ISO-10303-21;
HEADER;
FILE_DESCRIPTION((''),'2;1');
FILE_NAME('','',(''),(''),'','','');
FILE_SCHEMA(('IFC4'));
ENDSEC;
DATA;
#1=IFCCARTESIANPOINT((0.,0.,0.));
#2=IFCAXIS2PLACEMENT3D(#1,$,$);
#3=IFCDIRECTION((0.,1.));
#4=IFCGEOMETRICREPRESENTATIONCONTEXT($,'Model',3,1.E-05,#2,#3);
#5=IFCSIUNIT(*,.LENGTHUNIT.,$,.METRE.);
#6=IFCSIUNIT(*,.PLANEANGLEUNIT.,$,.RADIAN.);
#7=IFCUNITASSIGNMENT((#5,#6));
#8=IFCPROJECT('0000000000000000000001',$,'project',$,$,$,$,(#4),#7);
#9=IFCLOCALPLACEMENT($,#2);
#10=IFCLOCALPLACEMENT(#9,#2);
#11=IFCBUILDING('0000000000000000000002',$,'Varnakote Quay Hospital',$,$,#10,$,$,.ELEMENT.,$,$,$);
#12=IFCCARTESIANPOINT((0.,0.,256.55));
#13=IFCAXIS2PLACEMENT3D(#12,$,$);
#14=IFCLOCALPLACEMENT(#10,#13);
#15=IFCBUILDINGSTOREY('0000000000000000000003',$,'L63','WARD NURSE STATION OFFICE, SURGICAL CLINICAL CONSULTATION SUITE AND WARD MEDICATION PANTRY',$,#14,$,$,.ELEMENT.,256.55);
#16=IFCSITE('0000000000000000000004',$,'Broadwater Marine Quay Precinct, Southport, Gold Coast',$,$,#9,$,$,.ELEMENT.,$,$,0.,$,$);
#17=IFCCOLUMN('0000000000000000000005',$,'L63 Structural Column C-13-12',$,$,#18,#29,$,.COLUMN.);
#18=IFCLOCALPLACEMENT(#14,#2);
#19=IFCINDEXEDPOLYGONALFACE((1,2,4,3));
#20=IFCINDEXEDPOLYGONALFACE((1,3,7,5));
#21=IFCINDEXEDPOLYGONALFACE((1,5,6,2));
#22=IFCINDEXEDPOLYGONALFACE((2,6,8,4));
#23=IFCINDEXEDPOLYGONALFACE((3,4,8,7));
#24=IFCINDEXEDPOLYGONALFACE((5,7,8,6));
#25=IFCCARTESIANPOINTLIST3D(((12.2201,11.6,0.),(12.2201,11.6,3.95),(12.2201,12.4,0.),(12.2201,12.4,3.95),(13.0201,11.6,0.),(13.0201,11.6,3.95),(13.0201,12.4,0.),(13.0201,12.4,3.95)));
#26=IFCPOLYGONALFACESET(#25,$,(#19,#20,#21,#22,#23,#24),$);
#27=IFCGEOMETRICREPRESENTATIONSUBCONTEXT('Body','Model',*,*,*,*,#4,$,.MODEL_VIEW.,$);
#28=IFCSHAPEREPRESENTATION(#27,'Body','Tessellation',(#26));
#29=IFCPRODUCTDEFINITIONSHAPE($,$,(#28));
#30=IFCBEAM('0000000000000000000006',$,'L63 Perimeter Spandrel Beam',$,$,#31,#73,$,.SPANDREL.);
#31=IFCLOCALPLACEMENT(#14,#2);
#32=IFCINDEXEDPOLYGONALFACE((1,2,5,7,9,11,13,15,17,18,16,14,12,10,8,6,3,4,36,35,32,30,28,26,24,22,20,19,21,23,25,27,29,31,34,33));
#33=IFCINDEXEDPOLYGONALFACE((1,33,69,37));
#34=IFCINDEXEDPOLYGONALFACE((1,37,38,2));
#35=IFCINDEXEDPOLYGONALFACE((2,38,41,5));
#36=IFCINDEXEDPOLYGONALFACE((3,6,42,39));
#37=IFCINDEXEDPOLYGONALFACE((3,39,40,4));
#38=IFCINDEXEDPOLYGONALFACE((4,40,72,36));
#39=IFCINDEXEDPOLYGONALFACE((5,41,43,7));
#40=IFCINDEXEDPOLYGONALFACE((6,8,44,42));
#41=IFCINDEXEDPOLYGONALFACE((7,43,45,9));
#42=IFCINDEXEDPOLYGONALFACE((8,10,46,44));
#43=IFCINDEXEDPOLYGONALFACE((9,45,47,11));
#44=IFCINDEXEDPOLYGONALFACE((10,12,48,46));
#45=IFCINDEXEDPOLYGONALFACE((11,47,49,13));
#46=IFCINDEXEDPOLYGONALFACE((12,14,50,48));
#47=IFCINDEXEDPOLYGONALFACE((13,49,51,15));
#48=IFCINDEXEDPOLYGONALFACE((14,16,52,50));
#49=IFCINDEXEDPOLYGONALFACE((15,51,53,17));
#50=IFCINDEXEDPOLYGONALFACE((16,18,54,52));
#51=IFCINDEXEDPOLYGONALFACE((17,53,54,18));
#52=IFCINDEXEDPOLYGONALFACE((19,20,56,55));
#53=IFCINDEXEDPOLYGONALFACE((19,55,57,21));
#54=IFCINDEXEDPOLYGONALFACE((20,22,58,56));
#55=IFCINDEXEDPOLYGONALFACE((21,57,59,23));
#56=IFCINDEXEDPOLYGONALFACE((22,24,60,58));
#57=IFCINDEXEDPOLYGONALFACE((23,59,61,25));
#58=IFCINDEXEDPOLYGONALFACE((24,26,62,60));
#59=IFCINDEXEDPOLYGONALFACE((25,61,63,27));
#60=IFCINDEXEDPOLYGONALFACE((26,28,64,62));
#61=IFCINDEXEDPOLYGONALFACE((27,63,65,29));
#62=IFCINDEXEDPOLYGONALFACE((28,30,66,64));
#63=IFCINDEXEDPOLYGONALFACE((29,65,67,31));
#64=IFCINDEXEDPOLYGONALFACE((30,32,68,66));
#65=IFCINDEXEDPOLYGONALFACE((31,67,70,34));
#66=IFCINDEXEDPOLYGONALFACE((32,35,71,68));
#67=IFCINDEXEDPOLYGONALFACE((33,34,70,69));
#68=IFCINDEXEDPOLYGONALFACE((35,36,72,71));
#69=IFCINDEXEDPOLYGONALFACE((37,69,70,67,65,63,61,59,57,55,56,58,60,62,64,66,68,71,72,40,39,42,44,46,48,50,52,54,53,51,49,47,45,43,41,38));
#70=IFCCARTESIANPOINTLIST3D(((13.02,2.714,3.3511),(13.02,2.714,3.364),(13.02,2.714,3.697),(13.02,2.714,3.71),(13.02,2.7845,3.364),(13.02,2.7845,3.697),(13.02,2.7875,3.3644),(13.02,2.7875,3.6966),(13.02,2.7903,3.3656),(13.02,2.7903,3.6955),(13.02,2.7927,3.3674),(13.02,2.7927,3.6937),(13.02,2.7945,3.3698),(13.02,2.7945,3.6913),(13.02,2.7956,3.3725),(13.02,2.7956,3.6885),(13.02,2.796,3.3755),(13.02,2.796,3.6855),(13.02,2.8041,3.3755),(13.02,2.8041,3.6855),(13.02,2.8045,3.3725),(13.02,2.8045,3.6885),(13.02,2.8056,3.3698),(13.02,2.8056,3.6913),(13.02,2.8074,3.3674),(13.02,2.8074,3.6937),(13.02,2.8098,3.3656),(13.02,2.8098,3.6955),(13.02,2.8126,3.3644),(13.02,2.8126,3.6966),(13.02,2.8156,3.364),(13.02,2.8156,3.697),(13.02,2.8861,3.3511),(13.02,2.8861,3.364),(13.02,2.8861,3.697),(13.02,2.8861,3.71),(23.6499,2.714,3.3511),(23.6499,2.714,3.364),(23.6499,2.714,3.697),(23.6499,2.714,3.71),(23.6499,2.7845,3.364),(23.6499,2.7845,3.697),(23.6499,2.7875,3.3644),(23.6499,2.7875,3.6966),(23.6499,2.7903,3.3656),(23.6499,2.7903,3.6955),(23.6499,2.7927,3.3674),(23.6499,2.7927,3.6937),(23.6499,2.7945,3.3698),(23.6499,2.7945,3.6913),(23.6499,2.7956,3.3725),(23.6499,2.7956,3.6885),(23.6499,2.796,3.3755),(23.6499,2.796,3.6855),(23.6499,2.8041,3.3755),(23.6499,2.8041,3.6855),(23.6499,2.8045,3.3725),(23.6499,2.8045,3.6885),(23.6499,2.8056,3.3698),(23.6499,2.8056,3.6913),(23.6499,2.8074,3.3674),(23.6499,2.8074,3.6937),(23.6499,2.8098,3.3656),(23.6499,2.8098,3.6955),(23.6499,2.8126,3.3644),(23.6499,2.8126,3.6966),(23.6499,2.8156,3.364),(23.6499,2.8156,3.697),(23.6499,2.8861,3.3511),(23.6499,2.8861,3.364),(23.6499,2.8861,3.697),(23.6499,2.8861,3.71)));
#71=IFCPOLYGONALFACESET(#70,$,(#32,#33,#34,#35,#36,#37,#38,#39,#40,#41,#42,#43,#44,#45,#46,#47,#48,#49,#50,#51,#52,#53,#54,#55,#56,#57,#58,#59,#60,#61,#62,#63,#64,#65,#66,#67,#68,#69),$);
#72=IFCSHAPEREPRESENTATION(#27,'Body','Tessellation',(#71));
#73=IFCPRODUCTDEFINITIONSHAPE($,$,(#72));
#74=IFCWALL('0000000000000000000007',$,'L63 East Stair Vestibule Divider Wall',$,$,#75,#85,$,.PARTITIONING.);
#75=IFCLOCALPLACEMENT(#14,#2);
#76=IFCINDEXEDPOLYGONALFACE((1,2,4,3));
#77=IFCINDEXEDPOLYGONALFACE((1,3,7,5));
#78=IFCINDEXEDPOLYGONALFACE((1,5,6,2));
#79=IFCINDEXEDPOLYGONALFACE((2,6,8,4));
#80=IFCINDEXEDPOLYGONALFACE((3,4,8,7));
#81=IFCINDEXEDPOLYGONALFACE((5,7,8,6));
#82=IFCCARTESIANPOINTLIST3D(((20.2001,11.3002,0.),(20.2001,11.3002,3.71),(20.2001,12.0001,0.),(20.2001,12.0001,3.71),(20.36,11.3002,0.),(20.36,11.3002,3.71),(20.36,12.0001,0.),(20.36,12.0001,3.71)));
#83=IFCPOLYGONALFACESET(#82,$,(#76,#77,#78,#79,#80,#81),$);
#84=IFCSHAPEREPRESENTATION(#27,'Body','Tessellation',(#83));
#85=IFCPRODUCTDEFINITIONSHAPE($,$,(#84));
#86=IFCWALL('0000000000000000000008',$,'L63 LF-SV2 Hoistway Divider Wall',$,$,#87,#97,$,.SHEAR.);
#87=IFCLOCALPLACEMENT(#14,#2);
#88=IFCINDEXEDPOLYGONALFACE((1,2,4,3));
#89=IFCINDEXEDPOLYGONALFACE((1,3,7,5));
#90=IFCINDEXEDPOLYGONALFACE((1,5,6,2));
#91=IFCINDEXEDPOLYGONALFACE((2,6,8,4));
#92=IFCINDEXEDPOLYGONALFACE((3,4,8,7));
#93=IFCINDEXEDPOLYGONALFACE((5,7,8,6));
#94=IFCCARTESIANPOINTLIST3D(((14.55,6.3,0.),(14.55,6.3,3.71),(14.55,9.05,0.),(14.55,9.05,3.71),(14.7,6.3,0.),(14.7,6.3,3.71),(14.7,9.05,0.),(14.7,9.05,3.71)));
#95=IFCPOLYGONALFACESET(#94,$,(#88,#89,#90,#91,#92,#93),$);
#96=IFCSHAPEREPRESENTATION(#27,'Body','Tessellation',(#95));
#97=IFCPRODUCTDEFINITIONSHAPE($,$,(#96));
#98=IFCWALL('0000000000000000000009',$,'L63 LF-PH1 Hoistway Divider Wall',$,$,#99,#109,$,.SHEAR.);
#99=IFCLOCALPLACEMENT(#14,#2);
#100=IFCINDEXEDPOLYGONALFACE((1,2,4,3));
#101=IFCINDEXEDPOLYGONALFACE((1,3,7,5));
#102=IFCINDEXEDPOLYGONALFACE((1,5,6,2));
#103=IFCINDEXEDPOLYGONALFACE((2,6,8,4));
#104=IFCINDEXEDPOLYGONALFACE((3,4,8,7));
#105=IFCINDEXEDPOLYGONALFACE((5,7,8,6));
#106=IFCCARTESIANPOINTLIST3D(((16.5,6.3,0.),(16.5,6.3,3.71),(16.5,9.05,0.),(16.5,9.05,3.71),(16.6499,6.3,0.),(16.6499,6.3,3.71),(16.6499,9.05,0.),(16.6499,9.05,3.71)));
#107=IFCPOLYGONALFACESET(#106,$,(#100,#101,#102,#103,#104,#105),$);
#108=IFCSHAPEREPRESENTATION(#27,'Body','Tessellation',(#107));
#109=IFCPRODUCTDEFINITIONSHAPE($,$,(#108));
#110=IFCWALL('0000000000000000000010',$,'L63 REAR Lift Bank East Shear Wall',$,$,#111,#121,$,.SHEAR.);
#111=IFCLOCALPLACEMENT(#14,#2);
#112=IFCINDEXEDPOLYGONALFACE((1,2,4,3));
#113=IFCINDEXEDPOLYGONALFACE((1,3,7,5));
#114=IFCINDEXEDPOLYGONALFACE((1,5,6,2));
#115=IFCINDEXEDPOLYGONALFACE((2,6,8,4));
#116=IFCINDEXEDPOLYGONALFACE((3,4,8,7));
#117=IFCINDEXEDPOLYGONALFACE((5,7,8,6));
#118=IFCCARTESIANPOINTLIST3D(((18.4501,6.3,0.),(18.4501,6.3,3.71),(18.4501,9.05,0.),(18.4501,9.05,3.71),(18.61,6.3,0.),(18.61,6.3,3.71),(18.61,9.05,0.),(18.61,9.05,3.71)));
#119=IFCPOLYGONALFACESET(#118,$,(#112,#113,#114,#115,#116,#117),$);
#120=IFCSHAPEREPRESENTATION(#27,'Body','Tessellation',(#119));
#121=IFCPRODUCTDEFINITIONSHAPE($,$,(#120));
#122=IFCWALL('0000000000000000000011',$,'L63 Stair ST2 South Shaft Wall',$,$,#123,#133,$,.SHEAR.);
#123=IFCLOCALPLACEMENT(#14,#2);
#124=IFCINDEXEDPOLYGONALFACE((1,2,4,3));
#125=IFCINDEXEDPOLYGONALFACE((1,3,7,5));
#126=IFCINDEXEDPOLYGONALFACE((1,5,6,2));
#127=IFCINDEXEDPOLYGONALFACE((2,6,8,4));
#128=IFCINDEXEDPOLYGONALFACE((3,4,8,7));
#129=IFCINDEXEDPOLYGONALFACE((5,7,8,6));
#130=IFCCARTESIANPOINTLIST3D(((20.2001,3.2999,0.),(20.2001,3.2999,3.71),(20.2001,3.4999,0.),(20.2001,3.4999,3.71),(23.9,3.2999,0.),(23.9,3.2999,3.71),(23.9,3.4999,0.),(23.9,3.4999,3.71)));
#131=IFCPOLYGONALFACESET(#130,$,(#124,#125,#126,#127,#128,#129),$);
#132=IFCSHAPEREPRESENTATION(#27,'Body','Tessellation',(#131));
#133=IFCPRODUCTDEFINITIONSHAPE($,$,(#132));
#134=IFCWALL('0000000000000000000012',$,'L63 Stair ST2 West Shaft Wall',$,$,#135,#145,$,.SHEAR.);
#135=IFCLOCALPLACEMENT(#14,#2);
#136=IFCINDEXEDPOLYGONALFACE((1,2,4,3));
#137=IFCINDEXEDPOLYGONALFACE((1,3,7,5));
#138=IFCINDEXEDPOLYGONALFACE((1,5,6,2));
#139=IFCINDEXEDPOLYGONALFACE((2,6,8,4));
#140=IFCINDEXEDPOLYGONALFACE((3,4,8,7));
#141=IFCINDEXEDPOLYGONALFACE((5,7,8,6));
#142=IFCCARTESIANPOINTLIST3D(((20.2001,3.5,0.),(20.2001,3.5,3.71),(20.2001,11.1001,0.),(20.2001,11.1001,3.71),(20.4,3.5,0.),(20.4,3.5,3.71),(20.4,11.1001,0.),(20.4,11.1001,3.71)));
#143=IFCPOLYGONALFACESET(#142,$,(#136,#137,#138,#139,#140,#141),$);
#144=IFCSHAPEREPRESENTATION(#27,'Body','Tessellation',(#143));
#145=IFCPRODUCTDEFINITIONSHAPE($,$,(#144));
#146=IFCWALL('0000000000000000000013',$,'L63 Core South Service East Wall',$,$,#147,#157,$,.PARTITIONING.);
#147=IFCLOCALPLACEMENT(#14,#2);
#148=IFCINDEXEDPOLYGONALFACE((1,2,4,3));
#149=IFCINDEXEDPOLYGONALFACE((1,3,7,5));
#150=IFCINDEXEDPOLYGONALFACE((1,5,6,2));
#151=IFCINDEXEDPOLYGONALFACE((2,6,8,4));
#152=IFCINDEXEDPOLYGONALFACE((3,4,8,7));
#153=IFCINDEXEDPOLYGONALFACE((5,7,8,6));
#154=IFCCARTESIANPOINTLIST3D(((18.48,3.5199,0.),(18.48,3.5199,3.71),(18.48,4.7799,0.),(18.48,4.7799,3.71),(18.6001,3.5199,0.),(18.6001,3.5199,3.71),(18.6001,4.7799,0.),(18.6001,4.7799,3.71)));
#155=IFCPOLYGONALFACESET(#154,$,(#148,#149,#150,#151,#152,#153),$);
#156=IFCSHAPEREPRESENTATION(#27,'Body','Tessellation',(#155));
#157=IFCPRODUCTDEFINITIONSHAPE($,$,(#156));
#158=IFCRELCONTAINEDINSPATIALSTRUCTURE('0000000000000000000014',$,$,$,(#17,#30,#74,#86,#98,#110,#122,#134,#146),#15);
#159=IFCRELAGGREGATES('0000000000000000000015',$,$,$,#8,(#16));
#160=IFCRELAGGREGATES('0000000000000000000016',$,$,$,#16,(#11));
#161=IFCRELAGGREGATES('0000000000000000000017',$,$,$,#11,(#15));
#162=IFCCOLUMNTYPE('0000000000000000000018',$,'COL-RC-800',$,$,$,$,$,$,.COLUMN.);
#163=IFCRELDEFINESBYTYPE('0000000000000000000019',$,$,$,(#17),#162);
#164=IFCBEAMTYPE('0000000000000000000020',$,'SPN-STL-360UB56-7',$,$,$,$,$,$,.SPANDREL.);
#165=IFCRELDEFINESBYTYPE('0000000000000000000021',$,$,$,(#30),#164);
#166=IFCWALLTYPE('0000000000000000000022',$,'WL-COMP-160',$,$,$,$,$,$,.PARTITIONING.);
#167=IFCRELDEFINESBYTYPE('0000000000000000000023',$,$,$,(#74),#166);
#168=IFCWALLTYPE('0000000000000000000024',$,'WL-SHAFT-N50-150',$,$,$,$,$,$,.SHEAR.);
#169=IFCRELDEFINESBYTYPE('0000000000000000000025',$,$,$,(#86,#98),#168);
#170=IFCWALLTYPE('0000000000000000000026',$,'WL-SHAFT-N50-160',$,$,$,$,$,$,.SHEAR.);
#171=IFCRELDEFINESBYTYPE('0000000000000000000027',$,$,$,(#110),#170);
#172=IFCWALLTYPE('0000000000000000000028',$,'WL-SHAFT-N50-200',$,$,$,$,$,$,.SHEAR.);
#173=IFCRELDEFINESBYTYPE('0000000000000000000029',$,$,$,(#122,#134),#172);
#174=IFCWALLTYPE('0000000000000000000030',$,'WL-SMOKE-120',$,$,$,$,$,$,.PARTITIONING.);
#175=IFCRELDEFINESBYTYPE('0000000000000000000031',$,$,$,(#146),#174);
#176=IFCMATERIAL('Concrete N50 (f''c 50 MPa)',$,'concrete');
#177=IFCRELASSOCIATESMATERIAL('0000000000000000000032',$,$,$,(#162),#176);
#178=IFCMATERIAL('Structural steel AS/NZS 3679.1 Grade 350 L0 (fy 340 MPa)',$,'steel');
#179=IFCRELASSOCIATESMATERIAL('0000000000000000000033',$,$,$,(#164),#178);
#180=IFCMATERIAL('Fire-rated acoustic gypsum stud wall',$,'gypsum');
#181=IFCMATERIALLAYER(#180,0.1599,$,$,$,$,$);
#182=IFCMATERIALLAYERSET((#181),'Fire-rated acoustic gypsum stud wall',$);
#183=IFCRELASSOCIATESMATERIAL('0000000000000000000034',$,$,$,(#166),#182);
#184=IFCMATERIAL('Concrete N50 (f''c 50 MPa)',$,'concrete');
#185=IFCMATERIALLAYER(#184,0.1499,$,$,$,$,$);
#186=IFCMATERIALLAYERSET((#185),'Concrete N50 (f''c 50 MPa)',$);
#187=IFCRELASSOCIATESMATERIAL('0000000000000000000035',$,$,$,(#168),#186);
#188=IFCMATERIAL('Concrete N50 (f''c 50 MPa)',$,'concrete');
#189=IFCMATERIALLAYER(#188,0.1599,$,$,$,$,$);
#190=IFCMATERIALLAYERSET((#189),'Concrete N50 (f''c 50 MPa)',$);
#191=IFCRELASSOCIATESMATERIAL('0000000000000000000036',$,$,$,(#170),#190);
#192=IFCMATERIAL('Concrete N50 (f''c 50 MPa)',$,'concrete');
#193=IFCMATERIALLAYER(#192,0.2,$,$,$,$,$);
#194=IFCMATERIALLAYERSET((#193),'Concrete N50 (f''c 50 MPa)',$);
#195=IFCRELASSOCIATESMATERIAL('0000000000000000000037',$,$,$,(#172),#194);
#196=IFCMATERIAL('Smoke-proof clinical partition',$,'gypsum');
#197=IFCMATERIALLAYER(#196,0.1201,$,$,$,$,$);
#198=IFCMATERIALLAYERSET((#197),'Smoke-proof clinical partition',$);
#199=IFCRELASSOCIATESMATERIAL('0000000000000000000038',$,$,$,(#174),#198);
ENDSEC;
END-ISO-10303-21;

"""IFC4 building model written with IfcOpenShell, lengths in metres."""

from ifc_helpers import new_model, si_unit, direction, frame, frame_2d, origin, origin_2d, place, context, subcontext, project, spatial, rectangle, i_section, extrude, material, layer, layer_set, material_profile, profile_set, type_object, element, save


model = new_model("IFC4")

# Units and contexts
model_context = context("Model", 3, precision=1e-05, world=origin(), true_north=direction((0.0, 1.0)))
body_context = subcontext(model_context, "Body", "Model", "MODEL_VIEW")
ifc_project = project(units=[si_unit("LENGTHUNIT", "METRE"), si_unit("PLANEANGLEUNIT", "RADIAN")], contexts=[model_context])

# Site, building, storey
site_placement = place(None, origin())
site = spatial("IfcSite", under=ifc_project, at=site_placement, Name="Broadwater Marine Quay Precinct, Southport, Gold Coast", CompositionType="ELEMENT", RefElevation=0.0)
building_placement = place(site_placement, origin())
building = spatial("IfcBuilding", under=site, at=building_placement, Name="Varnakote Quay Hospital", CompositionType="ELEMENT")
storey_placement = place(building_placement, frame((0.0, 0.0, 256.55)))
storey = spatial("IfcBuildingStorey", under=building, at=storey_placement, Name="L63", Description="WARD NURSE STATION OFFICE, SURGICAL CLINICAL CONSULTATION SUITE AND WARD MEDICATION PANTRY", CompositionType="ELEMENT", Elevation=256.55)

# Column
ifc_material_1 = material(Name="Concrete N50 (f'c 50 MPa)", Category="concrete")
ifc_material_profile_1 = material_profile(ifc_material_1, rectangle(XDim=0.8, YDim=0.8, at=origin_2d()), Name="RC-COL-800x800")
ifc_profile_set_1 = profile_set([ifc_material_profile_1], Name="Concrete N50 (f'c 50 MPa)")
column_type = type_object("IfcColumnType", Name="COL-RC-800", PredefinedType="COLUMN", material=ifc_profile_set_1)
column_placement = place(storey_placement, frame((12.6201, 12.0, 0.0), z_axis=(0.0, 0.0, 1.0), x_axis=(1.0, 0.0, 0.0)))
element("IfcColumn", 1, at=column_placement, inside=storey, type_object=column_type, Name="L63 Structural Column C-13-12", PredefinedType="COLUMN", context=body_context, shape_type="SweptSolid", body=[
    extrude(rectangle(XDim=0.8, YDim=0.8, at=origin_2d()), origin(), (0.0, 0.0, 1.0), 3.95),
])

# Beam
ifc_material_2 = material(Name="Structural steel AS/NZS 3679.1 Grade 350 L0 (fy 340 MPa)", Category="steel")
ifc_material_profile_2 = material_profile(ifc_material_2, i_section(OverallWidth=0.1721, OverallDepth=0.3589, WebThickness=0.0081, FlangeThickness=0.0129, FilletRadius=0.0115, at=origin_2d()), Name="360UB56.7")
ifc_profile_set_2 = profile_set([ifc_material_profile_2], Name="Structural steel AS/NZS 3679.1 Grade 350 L0 (fy 340 MPa)")
beam_type = type_object("IfcBeamType", Name="SPN-STL-360UB56-7", PredefinedType="SPANDREL", material=ifc_profile_set_2)
beam_placement = place(storey_placement, frame((13.02, 2.8, 3.5305), z_axis=(1.0, 0.0, 0.0), x_axis=(0.0, 1.0, 0.0)))
element("IfcBeam", 2, at=beam_placement, inside=storey, type_object=beam_type, Name="L63 Perimeter Spandrel Beam", PredefinedType="SPANDREL", context=body_context, shape_type="SweptSolid", body=[
    extrude(i_section(OverallWidth=0.1721, OverallDepth=0.3589, WebThickness=0.0081, FlangeThickness=0.0129, FilletRadius=0.0115, at=origin_2d()), origin(), (0.0, 0.0, 1.0), 10.6299),
])

# Walls
ifc_material_3 = material(Name="Fire-rated acoustic gypsum stud wall", Category="gypsum")
ifc_layer_1 = layer(ifc_material_3, 0.1599)
ifc_layer_set_1 = layer_set([ifc_layer_1], Name="Fire-rated acoustic gypsum stud wall")
wall_type_1 = type_object("IfcWallType", Name="WL-COMP-160", PredefinedType="PARTITIONING", material=ifc_layer_set_1)
wall_1_placement = place(storey_placement, frame((20.28, 11.3, 0.0), z_axis=(0.0, 0.0, 1.0), x_axis=(0.0, 1.0, 0.0)))
element("IfcWall", 3, at=wall_1_placement, inside=storey, type_object=wall_type_1, Name="L63 East Stair Vestibule Divider Wall", PredefinedType="PARTITIONING", context=body_context, shape_type="SweptSolid", body=[
    extrude(rectangle(XDim=0.7, YDim=0.1599, at=frame_2d((0.3501, 0.0))), origin(), (0.0, 0.0, 1.0), 3.71),
])
ifc_material_4 = material(Name="Concrete N50 (f'c 50 MPa)", Category="concrete")
ifc_layer_2 = layer(ifc_material_4, 0.1499)
ifc_layer_set_2 = layer_set([ifc_layer_2], Name="Concrete N50 (f'c 50 MPa)")
wall_type_2 = type_object("IfcWallType", Name="WL-SHAFT-N50-150", PredefinedType="SHEAR", material=ifc_layer_set_2)
for number, where, z_axis, x_axis, name in (
    (4, (14.625, 6.3, 0.0), (0.0, 0.0, 1.0), (0.0, 1.0, 0.0), "L63 LF-SV2 Hoistway Divider Wall"),
    (5, (16.575, 6.3, 0.0), (0.0, 0.0, 1.0), (0.0, 1.0, 0.0), "L63 LF-PH1 Hoistway Divider Wall"),
):
    element("IfcWall", number, at=place(storey_placement, frame(where, z_axis=z_axis, x_axis=x_axis)), inside=storey, type_object=wall_type_2, Name=name, PredefinedType="SHEAR", context=body_context, shape_type="SweptSolid", body=[
        extrude(rectangle(XDim=2.75, YDim=0.1499, at=frame_2d((1.375, 0.0))), origin(), (0.0, 0.0, 1.0), 3.71),
    ])
ifc_material_5 = material(Name="Concrete N50 (f'c 50 MPa)", Category="concrete")
ifc_layer_3 = layer(ifc_material_5, 0.1599)
ifc_layer_set_3 = layer_set([ifc_layer_3], Name="Concrete N50 (f'c 50 MPa)")
wall_type_3 = type_object("IfcWallType", Name="WL-SHAFT-N50-160", PredefinedType="SHEAR", material=ifc_layer_set_3)
wall_2_placement = place(storey_placement, frame((18.53, 6.3, 0.0), z_axis=(0.0, 0.0, 1.0), x_axis=(0.0, 1.0, 0.0)))
element("IfcWall", 6, at=wall_2_placement, inside=storey, type_object=wall_type_3, Name="L63 REAR Lift Bank East Shear Wall", PredefinedType="SHEAR", context=body_context, shape_type="SweptSolid", body=[
    extrude(rectangle(XDim=2.75, YDim=0.1599, at=frame_2d((1.375, 0.0))), origin(), (0.0, 0.0, 1.0), 3.71),
])

# Walls
ifc_material_6 = material(Name="Concrete N50 (f'c 50 MPa)", Category="concrete")
ifc_layer_4 = layer(ifc_material_6, 0.2)
ifc_layer_set_4 = layer_set([ifc_layer_4], Name="Concrete N50 (f'c 50 MPa)")
wall_type_4 = type_object("IfcWallType", Name="WL-SHAFT-N50-200", PredefinedType="SHEAR", material=ifc_layer_set_4)
wall_3_placement = place(storey_placement, frame((20.2, 3.3999, 0.0), z_axis=(0.0, 0.0, 1.0), x_axis=(1.0, 0.0, 0.0)))
element("IfcWall", 7, at=wall_3_placement, inside=storey, type_object=wall_type_4, Name="L63 Stair ST2 South Shaft Wall", PredefinedType="SHEAR", context=body_context, shape_type="SweptSolid", body=[
    extrude(rectangle(XDim=3.7, YDim=0.2, at=frame_2d((1.8501, 0.0))), origin(), (0.0, 0.0, 1.0), 3.71),
])
wall_4_placement = place(storey_placement, frame((20.3, 3.5, 0.0), z_axis=(0.0, 0.0, 1.0), x_axis=(0.0, 1.0, 0.0)))
element("IfcWall", 8, at=wall_4_placement, inside=storey, type_object=wall_type_4, Name="L63 Stair ST2 West Shaft Wall", PredefinedType="SHEAR", context=body_context, shape_type="SweptSolid", body=[
    extrude(rectangle(XDim=7.6001, YDim=0.2, at=frame_2d((3.8, 0.0))), origin(), (0.0, 0.0, 1.0), 3.71),
])

# Wall
ifc_material_7 = material(Name="Smoke-proof clinical partition", Category="gypsum")
ifc_layer_5 = layer(ifc_material_7, 0.1201)
ifc_layer_set_5 = layer_set([ifc_layer_5], Name="Smoke-proof clinical partition")
wall_type_5 = type_object("IfcWallType", Name="WL-SMOKE-120", PredefinedType="PARTITIONING", material=ifc_layer_set_5)
wall_5_placement = place(storey_placement, frame((18.54, 3.52, 0.0), z_axis=(0.0, 0.0, 1.0), x_axis=(0.0, 1.0, 0.0)))
element("IfcWall", 9, at=wall_5_placement, inside=storey, type_object=wall_type_5, Name="L63 Core South Service East Wall", PredefinedType="PARTITIONING", context=body_context, shape_type="SweptSolid", body=[
    extrude(rectangle(XDim=1.26, YDim=0.1201, at=frame_2d((0.6299, 0.0))), origin(), (0.0, 0.0, 1.0), 3.71),
])

save(model, "model.ifc")
